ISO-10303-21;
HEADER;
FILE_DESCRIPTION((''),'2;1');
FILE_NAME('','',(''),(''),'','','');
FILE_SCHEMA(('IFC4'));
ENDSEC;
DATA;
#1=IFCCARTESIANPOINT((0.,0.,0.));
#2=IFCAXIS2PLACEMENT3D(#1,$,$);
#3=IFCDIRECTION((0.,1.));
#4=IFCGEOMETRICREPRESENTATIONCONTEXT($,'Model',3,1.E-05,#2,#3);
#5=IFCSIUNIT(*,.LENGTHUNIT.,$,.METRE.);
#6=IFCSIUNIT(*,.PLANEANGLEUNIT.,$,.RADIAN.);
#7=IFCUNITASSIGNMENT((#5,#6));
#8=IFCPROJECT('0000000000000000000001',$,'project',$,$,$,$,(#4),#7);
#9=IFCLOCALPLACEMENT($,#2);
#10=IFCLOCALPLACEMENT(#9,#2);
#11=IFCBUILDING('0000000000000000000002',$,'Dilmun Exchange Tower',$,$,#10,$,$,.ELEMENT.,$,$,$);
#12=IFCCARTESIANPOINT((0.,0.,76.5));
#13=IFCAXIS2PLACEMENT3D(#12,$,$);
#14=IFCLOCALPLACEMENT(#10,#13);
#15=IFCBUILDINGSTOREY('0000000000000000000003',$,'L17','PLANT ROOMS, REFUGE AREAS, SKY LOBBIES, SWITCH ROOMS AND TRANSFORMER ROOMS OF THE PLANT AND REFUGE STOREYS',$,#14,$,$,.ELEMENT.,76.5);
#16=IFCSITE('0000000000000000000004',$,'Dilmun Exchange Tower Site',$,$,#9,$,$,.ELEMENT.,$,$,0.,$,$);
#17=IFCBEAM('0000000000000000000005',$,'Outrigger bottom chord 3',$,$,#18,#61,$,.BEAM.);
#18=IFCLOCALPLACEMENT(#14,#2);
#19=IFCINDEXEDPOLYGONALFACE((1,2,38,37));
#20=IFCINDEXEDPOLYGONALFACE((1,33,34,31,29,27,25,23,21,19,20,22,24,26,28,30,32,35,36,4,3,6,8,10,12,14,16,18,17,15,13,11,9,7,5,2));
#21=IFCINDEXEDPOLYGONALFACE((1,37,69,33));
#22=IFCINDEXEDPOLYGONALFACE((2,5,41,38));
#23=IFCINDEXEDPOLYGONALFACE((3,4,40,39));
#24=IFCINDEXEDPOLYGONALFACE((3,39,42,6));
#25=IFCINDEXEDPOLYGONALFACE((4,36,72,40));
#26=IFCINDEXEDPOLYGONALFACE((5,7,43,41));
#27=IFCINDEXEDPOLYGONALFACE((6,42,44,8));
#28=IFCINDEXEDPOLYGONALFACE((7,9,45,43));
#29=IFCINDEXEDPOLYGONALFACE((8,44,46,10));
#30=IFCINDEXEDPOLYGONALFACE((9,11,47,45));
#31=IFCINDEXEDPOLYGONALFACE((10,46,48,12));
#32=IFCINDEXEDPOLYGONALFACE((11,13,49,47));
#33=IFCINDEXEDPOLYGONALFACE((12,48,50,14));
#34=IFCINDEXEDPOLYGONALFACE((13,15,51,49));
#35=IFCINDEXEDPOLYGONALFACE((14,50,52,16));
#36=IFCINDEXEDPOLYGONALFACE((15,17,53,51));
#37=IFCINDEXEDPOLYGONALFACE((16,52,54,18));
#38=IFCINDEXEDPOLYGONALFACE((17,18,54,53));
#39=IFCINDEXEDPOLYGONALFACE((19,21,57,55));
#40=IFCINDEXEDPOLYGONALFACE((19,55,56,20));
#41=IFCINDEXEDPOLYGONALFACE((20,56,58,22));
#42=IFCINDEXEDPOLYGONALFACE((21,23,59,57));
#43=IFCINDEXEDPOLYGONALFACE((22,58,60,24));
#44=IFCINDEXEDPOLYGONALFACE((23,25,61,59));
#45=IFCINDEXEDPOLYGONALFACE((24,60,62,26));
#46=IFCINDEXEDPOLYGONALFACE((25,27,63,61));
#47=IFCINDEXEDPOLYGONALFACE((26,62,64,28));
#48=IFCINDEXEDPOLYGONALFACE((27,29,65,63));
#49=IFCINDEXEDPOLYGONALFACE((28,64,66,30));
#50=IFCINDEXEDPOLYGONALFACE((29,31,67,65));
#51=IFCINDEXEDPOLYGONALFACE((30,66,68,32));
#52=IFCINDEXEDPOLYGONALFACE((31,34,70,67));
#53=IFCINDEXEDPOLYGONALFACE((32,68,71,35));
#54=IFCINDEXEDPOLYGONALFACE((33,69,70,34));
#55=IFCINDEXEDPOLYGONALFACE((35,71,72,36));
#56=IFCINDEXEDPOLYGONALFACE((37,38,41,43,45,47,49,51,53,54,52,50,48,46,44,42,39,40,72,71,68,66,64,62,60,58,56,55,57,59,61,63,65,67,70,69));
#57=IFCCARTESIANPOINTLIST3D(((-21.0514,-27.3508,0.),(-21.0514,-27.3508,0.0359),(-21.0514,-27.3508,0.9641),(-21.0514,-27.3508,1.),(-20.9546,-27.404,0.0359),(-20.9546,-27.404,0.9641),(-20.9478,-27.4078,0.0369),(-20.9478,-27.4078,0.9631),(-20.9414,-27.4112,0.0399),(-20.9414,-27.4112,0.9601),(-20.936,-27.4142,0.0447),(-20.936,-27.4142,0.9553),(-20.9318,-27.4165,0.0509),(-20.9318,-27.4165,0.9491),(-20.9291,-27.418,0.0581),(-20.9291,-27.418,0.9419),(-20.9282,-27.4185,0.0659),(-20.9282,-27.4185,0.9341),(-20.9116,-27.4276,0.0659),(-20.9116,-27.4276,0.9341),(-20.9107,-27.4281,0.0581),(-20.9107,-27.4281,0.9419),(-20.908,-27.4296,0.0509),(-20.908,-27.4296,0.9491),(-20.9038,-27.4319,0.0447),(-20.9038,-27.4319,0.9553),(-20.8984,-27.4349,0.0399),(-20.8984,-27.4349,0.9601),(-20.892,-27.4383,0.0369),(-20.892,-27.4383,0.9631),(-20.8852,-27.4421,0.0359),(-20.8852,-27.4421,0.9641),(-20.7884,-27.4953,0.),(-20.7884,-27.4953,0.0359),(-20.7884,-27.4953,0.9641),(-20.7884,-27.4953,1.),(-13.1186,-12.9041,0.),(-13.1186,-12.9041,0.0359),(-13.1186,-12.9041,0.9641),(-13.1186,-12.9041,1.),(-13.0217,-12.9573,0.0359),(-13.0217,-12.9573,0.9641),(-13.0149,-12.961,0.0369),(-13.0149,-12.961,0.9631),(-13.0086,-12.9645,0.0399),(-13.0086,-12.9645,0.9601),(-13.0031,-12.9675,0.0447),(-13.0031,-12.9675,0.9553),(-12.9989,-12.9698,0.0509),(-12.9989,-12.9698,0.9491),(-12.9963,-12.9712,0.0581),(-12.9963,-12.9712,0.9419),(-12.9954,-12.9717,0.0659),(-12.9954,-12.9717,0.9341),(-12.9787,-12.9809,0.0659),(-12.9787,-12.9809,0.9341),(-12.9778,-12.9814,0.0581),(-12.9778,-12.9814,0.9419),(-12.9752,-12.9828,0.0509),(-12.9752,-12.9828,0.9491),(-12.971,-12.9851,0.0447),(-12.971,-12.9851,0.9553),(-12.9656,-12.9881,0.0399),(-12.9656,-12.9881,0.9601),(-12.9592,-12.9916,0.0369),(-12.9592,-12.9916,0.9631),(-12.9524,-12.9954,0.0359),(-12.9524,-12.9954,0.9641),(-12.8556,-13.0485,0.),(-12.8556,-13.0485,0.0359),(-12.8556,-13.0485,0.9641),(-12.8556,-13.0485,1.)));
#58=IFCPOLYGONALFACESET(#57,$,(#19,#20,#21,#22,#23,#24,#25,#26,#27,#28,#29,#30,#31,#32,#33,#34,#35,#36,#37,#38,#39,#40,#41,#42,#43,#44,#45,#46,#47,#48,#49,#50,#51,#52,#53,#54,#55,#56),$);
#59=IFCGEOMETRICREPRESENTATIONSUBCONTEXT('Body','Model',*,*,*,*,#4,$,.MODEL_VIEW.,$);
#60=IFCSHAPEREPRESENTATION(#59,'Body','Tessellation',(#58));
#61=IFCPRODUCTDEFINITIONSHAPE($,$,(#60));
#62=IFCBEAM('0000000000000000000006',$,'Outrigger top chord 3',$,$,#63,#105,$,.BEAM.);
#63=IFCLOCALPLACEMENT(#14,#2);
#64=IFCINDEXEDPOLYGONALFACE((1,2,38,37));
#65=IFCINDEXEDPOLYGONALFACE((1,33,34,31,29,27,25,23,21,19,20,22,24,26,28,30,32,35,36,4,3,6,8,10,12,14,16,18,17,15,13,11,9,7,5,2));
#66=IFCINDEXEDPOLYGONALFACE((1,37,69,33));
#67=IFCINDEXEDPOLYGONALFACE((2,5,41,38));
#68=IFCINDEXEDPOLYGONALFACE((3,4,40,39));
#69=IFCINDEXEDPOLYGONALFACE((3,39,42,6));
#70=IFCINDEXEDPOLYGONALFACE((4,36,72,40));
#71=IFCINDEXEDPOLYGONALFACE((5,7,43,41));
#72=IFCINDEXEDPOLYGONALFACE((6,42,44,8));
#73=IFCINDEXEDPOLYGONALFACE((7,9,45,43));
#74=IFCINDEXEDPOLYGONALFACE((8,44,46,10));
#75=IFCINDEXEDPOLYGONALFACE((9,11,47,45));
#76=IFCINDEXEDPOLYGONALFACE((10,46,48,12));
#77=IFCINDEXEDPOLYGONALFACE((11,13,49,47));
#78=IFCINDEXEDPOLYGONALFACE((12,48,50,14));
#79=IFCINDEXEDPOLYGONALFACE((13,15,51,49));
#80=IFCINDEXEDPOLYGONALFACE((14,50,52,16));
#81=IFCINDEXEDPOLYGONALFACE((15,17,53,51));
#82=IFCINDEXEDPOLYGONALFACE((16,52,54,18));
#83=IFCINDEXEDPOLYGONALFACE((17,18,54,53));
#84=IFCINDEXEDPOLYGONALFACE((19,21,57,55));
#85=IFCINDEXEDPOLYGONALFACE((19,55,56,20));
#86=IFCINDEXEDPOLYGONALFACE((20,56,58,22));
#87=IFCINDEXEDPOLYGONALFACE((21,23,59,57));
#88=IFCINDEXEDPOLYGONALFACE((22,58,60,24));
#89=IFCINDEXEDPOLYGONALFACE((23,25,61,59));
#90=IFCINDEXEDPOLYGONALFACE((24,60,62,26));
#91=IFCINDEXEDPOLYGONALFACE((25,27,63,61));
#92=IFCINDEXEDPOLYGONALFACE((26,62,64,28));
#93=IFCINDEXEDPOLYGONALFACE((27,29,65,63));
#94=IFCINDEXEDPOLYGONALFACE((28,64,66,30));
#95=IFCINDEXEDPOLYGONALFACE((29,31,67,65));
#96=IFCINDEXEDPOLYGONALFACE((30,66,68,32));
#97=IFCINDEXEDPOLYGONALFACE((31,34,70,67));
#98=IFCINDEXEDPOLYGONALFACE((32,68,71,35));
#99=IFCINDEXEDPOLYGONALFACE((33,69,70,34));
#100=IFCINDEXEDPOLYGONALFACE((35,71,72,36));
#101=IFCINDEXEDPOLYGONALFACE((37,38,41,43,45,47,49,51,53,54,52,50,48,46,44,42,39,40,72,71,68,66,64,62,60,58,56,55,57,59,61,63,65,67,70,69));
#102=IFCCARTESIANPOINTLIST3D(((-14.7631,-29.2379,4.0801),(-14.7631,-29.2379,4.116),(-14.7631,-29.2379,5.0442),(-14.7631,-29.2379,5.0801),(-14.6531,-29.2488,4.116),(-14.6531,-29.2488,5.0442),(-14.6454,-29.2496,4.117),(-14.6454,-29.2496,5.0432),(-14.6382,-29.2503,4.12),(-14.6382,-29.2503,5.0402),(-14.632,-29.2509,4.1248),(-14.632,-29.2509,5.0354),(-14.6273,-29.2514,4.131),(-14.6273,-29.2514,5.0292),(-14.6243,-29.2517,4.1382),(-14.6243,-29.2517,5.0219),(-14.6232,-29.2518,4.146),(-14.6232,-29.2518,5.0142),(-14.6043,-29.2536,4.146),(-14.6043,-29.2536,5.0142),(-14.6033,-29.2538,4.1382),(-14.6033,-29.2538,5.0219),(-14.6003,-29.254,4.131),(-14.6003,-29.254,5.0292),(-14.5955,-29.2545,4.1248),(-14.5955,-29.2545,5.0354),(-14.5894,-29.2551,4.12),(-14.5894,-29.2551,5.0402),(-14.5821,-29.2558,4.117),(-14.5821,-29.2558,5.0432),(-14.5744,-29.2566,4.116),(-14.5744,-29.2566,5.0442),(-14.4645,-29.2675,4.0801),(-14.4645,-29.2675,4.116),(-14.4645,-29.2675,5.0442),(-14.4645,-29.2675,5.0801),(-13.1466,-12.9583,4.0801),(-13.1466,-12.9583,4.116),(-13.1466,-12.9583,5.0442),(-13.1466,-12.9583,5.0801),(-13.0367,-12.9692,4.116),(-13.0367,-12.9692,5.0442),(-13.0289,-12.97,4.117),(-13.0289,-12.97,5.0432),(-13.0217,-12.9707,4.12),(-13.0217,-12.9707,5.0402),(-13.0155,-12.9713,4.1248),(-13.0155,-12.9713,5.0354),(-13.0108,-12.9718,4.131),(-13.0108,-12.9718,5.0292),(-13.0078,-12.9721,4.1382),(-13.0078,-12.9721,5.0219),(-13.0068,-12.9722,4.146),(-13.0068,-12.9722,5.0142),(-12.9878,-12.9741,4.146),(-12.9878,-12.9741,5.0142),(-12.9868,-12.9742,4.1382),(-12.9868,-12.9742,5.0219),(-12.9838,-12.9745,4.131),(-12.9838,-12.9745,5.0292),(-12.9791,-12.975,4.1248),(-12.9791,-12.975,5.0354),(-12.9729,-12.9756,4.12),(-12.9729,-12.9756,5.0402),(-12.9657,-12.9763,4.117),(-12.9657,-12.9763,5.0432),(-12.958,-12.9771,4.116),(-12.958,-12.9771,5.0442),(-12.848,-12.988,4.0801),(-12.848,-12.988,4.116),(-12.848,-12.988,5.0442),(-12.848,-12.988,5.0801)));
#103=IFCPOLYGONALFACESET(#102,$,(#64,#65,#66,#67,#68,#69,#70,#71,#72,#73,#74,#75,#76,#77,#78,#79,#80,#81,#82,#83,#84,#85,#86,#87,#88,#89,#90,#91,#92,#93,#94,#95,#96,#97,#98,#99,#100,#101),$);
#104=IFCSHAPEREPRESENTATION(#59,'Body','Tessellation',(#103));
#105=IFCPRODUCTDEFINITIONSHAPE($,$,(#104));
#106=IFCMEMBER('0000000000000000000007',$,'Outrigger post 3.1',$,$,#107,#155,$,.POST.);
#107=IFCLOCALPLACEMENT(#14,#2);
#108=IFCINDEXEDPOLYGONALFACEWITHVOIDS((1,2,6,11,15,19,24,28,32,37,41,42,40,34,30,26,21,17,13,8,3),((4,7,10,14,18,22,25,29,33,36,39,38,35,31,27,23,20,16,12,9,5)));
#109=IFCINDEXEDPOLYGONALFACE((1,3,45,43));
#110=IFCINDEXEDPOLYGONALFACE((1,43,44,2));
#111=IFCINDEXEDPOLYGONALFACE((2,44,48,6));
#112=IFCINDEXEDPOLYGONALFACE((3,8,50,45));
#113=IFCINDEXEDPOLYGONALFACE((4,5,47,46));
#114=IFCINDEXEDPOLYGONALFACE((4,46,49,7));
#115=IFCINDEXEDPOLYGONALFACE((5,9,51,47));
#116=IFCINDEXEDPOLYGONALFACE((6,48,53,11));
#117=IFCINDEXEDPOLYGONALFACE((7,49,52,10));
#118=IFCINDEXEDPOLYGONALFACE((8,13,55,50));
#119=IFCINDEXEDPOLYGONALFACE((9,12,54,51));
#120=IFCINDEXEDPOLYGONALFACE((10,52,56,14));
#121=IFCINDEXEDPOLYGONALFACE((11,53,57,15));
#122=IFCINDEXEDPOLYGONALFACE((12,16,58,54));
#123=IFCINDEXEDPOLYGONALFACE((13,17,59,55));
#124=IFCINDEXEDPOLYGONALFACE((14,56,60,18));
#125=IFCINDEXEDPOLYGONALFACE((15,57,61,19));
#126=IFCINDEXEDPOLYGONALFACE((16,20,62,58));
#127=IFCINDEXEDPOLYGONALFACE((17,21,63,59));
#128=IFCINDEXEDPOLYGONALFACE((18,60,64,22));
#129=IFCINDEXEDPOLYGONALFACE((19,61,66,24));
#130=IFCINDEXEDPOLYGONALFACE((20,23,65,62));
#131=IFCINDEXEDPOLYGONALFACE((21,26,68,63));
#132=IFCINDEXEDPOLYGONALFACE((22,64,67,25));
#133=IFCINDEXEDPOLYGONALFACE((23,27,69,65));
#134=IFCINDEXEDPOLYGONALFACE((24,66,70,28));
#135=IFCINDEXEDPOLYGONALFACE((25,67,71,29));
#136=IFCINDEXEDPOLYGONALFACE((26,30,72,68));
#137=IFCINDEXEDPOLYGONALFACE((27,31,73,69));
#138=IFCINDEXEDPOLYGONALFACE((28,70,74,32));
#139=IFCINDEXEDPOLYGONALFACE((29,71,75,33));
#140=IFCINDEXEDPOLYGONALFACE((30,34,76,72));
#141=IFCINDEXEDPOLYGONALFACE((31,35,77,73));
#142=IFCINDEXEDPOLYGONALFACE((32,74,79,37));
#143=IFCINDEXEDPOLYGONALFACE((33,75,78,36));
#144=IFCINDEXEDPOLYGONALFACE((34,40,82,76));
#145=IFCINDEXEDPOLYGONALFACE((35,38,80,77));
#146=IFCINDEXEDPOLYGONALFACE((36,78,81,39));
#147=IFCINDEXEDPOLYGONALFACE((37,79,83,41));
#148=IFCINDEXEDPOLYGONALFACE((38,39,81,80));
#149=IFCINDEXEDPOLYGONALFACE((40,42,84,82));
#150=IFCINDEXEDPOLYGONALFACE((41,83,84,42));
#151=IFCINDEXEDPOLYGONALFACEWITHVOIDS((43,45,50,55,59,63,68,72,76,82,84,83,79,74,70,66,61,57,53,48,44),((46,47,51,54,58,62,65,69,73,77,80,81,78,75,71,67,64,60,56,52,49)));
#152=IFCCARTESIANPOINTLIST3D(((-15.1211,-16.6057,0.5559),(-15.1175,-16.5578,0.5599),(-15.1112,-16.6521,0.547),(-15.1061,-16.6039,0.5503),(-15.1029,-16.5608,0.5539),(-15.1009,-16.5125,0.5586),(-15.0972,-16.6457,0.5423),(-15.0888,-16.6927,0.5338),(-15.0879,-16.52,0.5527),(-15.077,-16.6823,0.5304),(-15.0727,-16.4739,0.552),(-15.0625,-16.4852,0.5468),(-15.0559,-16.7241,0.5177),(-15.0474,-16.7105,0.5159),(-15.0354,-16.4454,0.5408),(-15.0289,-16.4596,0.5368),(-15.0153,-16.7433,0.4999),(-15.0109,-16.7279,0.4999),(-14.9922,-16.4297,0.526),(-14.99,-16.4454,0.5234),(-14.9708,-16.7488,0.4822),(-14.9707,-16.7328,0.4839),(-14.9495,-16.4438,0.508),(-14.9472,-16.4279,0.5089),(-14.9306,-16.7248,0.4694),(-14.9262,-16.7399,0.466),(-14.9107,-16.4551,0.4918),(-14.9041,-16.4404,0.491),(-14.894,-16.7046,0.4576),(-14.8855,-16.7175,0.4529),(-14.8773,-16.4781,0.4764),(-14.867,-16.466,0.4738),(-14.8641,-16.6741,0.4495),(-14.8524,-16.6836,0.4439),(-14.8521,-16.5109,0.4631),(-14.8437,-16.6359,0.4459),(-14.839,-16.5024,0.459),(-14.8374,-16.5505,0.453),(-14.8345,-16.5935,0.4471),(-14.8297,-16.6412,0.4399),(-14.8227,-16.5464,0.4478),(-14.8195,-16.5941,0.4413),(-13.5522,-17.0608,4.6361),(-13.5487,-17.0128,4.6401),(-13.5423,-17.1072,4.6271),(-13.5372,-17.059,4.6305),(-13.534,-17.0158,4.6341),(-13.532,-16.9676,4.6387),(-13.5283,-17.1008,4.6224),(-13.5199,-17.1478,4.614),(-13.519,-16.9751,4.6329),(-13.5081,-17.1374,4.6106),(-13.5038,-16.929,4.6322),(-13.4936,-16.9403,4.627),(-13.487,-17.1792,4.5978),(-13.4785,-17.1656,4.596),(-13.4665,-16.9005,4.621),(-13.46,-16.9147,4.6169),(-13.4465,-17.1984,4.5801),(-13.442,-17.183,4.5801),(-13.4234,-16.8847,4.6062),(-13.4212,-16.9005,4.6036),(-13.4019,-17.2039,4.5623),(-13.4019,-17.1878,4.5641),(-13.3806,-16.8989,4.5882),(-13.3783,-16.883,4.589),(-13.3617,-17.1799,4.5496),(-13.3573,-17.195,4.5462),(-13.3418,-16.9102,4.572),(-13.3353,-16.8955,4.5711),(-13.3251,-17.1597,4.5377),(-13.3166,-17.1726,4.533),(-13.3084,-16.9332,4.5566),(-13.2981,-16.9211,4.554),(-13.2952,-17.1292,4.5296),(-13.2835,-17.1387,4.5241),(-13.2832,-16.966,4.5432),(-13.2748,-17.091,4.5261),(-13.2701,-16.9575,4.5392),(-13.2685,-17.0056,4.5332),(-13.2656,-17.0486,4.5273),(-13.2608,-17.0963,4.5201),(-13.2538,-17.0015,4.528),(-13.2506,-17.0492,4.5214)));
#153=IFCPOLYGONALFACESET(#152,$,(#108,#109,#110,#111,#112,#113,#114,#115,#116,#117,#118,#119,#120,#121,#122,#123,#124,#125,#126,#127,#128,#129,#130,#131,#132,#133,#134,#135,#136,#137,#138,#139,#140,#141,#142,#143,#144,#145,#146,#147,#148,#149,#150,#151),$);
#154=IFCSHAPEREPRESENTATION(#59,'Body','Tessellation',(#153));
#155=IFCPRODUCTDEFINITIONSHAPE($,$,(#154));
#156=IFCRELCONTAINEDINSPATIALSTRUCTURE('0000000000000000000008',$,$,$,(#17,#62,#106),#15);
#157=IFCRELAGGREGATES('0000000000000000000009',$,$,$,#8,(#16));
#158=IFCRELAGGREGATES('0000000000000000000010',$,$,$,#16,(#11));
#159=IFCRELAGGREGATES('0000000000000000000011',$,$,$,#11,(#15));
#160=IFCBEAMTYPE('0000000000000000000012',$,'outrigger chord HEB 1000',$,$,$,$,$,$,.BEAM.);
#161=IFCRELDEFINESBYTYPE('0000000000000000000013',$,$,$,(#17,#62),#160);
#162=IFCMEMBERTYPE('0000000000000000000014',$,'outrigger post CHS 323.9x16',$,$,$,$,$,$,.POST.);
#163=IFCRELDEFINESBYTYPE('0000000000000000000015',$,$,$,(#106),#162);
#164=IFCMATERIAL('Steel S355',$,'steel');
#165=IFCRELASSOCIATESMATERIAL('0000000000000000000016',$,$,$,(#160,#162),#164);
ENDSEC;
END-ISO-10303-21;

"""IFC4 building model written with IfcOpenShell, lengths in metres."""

from ifc_helpers import new_model, si_unit, direction, frame, origin, origin_2d, place, context, subcontext, project, spatial, hollow_circle, i_section, extrude, material, material_profile, profile_set, type_object, element, save


model = new_model("IFC4")

# Units and contexts
model_context = context("Model", 3, precision=1e-05, world=origin(), true_north=direction((0.0, 1.0)))
body_context = subcontext(model_context, "Body", "Model", "MODEL_VIEW")
ifc_project = project(units=[si_unit("LENGTHUNIT", "METRE"), si_unit("PLANEANGLEUNIT", "RADIAN")], contexts=[model_context])

# Site, building, storey
site_placement = place(None, origin())
site = spatial("IfcSite", under=ifc_project, at=site_placement, Name="Dilmun Exchange Tower Site", CompositionType="ELEMENT", RefElevation=0.0)
building_placement = place(site_placement, origin())
building = spatial("IfcBuilding", under=site, at=building_placement, Name="Dilmun Exchange Tower", CompositionType="ELEMENT")
storey_placement = place(building_placement, frame((0.0, 0.0, 76.5)))
storey = spatial("IfcBuildingStorey", under=building, at=storey_placement, Name="L17", Description="PLANT ROOMS, REFUGE AREAS, SKY LOBBIES, SWITCH ROOMS AND TRANSFORMER ROOMS OF THE PLANT AND REFUGE STOREYS", CompositionType="ELEMENT", Elevation=76.5)

# Beams
ifc_material_1 = material(Name="Steel S355", Category="steel")
ifc_material_profile_1 = material_profile(ifc_material_1, i_section(OverallWidth=0.3, OverallDepth=1.0, WebThickness=0.019, FlangeThickness=0.0359, FilletRadius=0.03, at=origin_2d()), Name="HEB 1000")
ifc_profile_set_1 = profile_set([ifc_material_profile_1], Name="Steel S355")
beam_type_1 = type_object("IfcBeamType", Name="outrigger chord HEB 1000", PredefinedType="BEAM", material=ifc_profile_set_1)
beam_1_placement = place(storey_placement, frame((-12.9871, -12.9763, 0.5), z_axis=(-0.481319, -0.876545, 0.0), x_axis=(0.876545, -0.481319, 0.0)))
element("IfcBeam", 1, at=beam_1_placement, inside=storey, type_object=beam_type_1, Name="Outrigger bottom chord 3", PredefinedType="BEAM", context=body_context, shape_type="SweptSolid", body=[
    extrude(i_section(OverallWidth=0.3, OverallDepth=1.0, WebThickness=0.019, FlangeThickness=0.0359, FilletRadius=0.03, at=origin_2d()), origin(), (0.0, 0.0, 1.0), 16.4814),
])
beam_2_placement = place(storey_placement, frame((-12.9973, -12.9731, 4.5801), z_axis=(-0.098808, -0.995107, 0.0), x_axis=(0.995107, -0.098808, 0.0)))
element("IfcBeam", 2, at=beam_2_placement, inside=storey, type_object=beam_type_1, Name="Outrigger top chord 3", PredefinedType="BEAM", context=body_context, shape_type="SweptSolid", body=[
    extrude(i_section(OverallWidth=0.3, OverallDepth=1.0, WebThickness=0.019, FlangeThickness=0.0359, FilletRadius=0.03, at=origin_2d()), origin(), (0.0, 0.0, 1.0), 16.3596),
])

# Member
ifc_material_profile_2 = material_profile(ifc_material_1, hollow_circle(Radius=0.1619, WallThickness=0.0161, at=origin_2d()), Name="CHS 323.9x16")
ifc_profile_set_2 = profile_set([ifc_material_profile_2], Name="Steel S355")
member_type_1 = type_object("IfcMemberType", Name="outrigger post CHS 323.9x16", PredefinedType="POST", material=ifc_profile_set_2)
member_1_placement = place(storey_placement, frame((-13.4014, -17.043, 4.5801), z_axis=(-0.356968, 0.103546, -0.92836), x_axis=(-0.278588, -0.960411, 0.0)))
element("IfcMember", 3, at=member_1_placement, inside=storey, type_object=member_type_1, Name="Outrigger post 3.1", PredefinedType="POST", context=body_context, shape_type="SweptSolid", body=[
    extrude(hollow_circle(Radius=0.1619, WallThickness=0.0161, at=origin_2d()), origin(), (0.0, 0.0, 1.0), 4.395),
])

save(model, "model.ifc")
